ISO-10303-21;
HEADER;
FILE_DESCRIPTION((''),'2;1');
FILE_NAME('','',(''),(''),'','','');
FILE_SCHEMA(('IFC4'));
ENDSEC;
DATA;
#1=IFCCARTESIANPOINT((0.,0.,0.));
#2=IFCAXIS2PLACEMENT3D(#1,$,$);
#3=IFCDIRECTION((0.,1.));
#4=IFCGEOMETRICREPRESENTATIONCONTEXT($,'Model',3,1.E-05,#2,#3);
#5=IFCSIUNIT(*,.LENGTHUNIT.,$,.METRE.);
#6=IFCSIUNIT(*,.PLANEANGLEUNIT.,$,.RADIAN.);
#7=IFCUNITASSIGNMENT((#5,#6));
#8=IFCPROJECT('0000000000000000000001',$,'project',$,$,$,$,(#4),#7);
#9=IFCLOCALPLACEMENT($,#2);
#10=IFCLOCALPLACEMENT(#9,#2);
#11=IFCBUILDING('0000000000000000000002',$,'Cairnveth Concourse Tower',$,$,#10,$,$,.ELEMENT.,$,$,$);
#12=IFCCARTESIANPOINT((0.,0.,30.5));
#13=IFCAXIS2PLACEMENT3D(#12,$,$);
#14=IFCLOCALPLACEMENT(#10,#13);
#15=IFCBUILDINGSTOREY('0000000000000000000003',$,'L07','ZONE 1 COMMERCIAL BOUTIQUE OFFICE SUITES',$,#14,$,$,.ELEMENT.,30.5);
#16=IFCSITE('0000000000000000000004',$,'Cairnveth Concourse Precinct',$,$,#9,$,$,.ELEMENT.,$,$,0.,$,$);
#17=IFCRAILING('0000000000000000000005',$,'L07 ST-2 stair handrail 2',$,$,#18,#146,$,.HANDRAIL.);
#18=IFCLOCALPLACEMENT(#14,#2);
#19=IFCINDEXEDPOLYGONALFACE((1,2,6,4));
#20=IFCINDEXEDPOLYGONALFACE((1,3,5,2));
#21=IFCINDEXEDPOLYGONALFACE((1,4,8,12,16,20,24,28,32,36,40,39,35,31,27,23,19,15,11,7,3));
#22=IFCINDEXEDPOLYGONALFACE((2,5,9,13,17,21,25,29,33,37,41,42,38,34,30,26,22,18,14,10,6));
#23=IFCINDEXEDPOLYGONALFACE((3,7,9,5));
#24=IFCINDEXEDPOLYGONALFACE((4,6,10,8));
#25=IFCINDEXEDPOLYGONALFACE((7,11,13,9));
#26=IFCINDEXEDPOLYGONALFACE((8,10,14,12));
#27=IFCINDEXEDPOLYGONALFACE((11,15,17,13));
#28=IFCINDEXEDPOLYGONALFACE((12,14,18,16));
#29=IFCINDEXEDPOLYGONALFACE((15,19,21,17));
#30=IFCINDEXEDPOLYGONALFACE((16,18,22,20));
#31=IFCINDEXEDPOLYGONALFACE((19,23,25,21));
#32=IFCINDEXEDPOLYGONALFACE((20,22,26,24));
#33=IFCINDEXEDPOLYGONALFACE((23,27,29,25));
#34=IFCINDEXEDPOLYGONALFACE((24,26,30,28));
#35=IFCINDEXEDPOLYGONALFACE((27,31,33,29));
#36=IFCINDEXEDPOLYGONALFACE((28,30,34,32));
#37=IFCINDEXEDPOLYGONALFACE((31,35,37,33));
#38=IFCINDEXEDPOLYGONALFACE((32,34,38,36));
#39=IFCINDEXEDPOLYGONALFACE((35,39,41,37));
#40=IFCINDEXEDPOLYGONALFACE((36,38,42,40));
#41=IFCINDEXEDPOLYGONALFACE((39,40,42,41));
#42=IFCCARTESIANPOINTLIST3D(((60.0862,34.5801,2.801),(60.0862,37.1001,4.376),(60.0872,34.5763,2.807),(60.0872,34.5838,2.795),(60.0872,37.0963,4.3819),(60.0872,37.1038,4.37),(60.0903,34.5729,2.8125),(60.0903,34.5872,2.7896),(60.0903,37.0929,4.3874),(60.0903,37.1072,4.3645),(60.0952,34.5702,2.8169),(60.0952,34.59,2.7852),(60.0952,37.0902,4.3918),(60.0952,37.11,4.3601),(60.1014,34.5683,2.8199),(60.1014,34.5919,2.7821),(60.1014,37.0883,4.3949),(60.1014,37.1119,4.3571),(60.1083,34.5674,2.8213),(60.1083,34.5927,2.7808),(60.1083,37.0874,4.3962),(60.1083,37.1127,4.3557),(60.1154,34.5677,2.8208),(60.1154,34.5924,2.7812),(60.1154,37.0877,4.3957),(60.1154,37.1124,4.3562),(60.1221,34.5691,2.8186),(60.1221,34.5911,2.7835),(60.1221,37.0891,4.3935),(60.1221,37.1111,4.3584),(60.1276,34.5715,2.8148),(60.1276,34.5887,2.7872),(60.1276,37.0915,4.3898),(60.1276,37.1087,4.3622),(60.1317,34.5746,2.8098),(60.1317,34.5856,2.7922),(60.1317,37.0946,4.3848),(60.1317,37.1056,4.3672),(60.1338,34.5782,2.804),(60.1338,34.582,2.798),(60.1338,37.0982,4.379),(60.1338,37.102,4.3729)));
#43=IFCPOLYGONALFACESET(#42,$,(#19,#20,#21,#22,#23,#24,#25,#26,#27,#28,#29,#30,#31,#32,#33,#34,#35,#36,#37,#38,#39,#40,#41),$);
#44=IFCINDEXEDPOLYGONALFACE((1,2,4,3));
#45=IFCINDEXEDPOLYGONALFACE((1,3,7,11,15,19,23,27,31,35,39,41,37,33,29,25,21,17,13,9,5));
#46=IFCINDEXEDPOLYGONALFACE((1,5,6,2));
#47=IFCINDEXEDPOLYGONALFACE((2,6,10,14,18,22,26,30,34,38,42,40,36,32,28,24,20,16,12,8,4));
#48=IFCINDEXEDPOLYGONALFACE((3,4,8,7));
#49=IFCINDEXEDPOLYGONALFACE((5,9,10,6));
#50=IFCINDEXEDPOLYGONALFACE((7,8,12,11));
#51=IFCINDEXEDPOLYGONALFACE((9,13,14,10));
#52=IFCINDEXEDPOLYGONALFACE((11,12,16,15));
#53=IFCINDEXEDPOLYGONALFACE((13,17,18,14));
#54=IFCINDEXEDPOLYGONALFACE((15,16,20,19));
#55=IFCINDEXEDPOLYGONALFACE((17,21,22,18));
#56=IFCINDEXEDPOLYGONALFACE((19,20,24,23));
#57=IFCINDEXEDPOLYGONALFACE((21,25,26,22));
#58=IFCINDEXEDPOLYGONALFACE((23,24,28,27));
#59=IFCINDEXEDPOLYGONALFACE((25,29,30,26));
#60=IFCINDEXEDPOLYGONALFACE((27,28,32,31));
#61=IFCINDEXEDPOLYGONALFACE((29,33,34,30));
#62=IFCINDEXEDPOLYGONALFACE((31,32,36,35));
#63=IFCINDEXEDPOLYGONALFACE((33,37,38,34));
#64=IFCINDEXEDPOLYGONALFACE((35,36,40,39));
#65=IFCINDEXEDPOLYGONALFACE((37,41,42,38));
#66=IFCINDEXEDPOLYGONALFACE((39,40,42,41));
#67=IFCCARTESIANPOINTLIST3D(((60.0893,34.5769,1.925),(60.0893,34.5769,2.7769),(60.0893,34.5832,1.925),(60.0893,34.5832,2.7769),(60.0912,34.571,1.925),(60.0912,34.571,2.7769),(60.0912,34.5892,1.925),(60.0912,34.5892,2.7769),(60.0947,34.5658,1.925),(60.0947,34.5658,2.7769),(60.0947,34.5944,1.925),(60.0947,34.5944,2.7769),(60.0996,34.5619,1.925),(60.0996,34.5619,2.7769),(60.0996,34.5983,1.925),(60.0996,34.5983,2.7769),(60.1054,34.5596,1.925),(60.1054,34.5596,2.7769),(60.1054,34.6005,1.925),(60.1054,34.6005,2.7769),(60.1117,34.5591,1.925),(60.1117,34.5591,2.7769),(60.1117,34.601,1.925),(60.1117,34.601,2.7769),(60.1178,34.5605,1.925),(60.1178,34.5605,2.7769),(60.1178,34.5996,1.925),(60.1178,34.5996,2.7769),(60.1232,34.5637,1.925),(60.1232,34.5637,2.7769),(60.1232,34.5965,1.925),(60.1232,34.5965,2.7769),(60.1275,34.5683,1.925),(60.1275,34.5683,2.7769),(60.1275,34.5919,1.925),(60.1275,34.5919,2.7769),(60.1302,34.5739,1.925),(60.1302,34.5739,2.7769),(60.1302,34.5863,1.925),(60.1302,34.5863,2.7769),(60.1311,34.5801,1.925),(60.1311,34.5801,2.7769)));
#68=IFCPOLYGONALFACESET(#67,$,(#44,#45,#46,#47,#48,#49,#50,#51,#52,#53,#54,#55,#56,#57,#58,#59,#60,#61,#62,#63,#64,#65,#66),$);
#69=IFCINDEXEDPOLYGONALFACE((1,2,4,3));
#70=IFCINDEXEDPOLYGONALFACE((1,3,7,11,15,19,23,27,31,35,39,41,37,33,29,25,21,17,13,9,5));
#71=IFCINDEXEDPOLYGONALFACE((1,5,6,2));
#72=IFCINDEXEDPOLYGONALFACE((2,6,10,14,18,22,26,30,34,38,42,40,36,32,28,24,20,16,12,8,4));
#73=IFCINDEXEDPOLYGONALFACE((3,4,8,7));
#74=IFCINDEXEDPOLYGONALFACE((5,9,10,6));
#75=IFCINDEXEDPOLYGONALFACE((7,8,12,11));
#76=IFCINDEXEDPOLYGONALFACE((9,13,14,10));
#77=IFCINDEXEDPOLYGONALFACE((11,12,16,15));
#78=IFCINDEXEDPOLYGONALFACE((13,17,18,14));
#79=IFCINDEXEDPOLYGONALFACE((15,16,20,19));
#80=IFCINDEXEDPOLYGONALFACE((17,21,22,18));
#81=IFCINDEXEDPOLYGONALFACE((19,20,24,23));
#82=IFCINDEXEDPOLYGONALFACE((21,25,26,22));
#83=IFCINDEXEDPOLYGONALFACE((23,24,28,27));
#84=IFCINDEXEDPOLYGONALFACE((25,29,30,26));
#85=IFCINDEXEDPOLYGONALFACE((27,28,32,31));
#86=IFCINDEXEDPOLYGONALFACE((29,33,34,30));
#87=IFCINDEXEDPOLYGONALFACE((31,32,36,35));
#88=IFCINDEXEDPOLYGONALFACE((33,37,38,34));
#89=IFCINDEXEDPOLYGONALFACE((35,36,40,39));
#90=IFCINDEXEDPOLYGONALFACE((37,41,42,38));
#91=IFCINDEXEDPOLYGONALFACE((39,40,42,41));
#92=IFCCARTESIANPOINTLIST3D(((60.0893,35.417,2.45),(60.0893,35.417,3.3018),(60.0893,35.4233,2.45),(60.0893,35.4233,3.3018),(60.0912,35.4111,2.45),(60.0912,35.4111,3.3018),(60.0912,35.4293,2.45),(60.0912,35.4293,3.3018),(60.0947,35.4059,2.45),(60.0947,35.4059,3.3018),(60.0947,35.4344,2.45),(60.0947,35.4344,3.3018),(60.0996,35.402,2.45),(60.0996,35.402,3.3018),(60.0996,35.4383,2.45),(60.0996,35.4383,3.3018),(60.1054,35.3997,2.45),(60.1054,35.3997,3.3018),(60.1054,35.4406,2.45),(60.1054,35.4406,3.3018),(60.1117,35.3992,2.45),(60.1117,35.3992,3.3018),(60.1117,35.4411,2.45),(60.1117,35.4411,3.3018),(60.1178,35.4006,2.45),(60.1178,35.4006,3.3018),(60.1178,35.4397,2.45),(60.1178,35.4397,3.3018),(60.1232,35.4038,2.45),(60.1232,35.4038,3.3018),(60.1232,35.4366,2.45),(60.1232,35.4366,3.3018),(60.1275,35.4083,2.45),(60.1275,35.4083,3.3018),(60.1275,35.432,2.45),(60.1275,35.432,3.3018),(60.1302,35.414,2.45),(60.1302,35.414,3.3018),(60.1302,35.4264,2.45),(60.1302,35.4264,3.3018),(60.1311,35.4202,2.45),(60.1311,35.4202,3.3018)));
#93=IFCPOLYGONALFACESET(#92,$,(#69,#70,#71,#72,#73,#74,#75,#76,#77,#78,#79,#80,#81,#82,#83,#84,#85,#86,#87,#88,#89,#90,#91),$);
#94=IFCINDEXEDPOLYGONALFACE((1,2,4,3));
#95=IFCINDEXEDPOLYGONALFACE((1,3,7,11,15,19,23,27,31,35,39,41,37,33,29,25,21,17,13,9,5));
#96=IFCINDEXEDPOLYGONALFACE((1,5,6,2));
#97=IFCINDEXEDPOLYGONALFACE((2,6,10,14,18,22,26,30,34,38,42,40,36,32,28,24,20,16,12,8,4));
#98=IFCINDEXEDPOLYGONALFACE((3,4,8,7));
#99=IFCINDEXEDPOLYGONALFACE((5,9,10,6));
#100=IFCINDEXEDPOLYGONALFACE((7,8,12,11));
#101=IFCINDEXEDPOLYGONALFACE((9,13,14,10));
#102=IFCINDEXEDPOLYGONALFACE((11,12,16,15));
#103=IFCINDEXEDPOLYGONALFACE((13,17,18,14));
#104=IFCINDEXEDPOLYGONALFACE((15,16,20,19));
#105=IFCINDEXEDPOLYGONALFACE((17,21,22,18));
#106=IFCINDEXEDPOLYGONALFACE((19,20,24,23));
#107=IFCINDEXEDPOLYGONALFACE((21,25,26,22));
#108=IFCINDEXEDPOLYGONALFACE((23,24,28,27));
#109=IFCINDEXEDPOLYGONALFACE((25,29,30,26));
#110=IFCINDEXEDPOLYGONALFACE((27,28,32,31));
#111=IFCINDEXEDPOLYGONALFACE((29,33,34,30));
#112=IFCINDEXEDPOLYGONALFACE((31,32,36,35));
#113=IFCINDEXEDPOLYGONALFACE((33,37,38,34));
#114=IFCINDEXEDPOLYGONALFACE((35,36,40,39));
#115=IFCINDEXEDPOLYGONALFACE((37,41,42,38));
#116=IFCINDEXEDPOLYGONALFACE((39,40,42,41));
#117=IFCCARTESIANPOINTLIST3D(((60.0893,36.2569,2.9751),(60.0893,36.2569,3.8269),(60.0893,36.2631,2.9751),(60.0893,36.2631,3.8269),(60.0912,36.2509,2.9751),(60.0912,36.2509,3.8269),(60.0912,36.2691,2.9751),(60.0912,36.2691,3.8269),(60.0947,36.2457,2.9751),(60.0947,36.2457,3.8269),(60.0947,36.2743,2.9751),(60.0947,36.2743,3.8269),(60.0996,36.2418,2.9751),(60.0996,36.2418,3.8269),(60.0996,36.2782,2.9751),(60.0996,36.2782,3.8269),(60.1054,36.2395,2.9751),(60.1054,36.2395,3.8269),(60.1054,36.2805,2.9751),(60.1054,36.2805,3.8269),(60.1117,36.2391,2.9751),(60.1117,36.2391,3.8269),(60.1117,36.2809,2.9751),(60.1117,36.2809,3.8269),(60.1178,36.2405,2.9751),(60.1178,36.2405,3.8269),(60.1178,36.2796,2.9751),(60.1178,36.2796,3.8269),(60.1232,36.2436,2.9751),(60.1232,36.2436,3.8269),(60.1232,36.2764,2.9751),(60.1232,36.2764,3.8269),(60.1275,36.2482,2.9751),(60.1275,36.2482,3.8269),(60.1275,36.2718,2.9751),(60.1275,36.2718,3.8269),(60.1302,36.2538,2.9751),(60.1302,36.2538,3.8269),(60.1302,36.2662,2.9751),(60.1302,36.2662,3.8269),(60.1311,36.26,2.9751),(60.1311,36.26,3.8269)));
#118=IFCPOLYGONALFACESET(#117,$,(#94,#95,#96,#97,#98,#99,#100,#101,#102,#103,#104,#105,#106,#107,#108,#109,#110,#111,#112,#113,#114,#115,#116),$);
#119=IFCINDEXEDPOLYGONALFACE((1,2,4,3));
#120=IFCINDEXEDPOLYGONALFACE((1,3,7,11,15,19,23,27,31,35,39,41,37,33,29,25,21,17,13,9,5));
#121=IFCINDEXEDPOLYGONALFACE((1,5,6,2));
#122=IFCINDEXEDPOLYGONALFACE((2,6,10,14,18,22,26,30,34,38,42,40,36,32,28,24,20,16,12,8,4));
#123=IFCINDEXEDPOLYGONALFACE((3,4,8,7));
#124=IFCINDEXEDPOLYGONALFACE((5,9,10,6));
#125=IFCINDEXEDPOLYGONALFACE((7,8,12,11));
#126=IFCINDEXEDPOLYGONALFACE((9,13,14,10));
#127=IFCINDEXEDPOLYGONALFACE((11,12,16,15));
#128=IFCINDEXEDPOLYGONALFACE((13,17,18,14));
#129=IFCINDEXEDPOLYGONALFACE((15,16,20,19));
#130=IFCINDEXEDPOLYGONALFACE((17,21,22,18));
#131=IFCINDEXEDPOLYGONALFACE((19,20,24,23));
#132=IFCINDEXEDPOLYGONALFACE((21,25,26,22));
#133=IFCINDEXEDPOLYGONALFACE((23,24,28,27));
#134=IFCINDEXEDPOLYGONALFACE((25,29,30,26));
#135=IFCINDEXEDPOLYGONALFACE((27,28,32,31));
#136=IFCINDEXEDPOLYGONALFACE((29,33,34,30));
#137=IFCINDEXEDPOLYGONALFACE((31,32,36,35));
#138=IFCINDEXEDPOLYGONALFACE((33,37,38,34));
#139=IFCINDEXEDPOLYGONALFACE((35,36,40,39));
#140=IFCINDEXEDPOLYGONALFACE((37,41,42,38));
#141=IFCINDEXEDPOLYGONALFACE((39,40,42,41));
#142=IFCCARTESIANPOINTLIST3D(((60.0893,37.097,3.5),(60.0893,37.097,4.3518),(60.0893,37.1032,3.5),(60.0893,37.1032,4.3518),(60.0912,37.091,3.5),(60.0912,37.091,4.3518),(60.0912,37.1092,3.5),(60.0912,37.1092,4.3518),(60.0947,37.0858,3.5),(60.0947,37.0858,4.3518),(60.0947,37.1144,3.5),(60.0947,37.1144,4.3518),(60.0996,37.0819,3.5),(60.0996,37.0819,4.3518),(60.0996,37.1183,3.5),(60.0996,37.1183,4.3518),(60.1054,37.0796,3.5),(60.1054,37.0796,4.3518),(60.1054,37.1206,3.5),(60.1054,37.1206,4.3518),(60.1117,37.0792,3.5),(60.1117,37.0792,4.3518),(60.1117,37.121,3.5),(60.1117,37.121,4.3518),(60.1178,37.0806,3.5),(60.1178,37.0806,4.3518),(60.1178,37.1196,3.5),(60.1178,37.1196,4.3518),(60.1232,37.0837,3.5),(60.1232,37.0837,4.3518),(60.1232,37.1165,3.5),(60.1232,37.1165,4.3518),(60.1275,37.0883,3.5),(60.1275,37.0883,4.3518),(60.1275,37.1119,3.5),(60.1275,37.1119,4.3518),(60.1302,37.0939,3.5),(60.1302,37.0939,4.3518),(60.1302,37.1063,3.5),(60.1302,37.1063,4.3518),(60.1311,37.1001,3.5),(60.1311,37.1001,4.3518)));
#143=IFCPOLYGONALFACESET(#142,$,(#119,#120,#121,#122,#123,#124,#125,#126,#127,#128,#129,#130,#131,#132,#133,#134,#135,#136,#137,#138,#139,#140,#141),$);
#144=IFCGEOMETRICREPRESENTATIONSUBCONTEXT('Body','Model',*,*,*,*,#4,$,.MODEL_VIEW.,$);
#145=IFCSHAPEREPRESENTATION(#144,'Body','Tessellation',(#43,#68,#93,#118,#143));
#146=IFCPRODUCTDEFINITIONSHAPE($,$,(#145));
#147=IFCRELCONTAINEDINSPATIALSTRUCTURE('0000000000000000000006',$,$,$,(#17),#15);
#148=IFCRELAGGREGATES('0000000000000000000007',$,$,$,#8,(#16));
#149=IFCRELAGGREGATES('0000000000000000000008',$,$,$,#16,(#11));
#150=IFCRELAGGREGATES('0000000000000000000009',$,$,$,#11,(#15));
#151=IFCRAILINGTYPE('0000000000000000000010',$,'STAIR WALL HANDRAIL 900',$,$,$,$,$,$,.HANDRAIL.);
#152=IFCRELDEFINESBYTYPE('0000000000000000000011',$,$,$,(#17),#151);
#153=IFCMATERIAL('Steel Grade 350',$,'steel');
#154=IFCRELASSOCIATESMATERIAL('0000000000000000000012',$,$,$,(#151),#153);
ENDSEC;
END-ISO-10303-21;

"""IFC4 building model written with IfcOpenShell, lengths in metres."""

from ifc_helpers import new_model, si_unit, direction, frame, origin, origin_2d, place, context, subcontext, project, spatial, circle, extrude, material, type_object, element, save


model = new_model("IFC4")

# Units and contexts
model_context = context("Model", 3, precision=1e-05, world=origin(), true_north=direction((0.0, 1.0)))
body_context = subcontext(model_context, "Body", "Model", "MODEL_VIEW")
ifc_project = project(units=[si_unit("LENGTHUNIT", "METRE"), si_unit("PLANEANGLEUNIT", "RADIAN")], contexts=[model_context])

# Site, building, storey
site_placement = place(None, origin())
site = spatial("IfcSite", under=ifc_project, at=site_placement, Name="Cairnveth Concourse Precinct", CompositionType="ELEMENT", RefElevation=0.0)
building_placement = place(site_placement, origin())
building = spatial("IfcBuilding", under=site, at=building_placement, Name="Cairnveth Concourse Tower", CompositionType="ELEMENT")
storey_placement = place(building_placement, frame((0.0, 0.0, 30.5)))
storey = spatial("IfcBuildingStorey", under=building, at=storey_placement, Name="L07", Description="ZONE 1 COMMERCIAL BOUTIQUE OFFICE SUITES", CompositionType="ELEMENT", Elevation=30.5)

# Shared definitions
ifc_material_1 = material(Name="Steel Grade 350", Category="steel")

# Railing
railing_type_1 = type_object("IfcRailingType", Name="STAIR WALL HANDRAIL 900", PredefinedType="HANDRAIL", material=ifc_material_1)
railing_1_placement = place(storey_placement, frame((60.1101, 34.5801, 1.925)))
element("IfcRailing", 1, at=railing_1_placement, inside=storey, type_object=railing_type_1, Name="L07 ST-2 stair handrail 2", PredefinedType="HANDRAIL", context=body_context, shape_type="SweptSolid", body=[
    extrude(circle(Radius=0.0239, at=origin_2d()), frame((0.0, 0.0, 0.876), z_axis=(0.0, 0.848008, 0.529984), x_axis=(-1.0, 0.0, 0.0)), (0.0, 0.0, 1.0), 2.9717),
    extrude(circle(Radius=0.021, at=origin_2d()), origin(), (0.0, 0.0, 1.0), 0.8518),
    extrude(circle(Radius=0.021, at=origin_2d()), frame((0.0, 0.8401, 0.5249)), (0.0, 0.0, 1.0), 0.8518),
    extrude(circle(Radius=0.021, at=origin_2d()), frame((0.0, 1.6799, 1.05)), (0.0, 0.0, 1.0), 0.8518),
    extrude(circle(Radius=0.021, at=origin_2d()), frame((0.0, 2.52, 1.575)), (0.0, 0.0, 1.0), 0.8518),
])

save(model, "model.ifc")
